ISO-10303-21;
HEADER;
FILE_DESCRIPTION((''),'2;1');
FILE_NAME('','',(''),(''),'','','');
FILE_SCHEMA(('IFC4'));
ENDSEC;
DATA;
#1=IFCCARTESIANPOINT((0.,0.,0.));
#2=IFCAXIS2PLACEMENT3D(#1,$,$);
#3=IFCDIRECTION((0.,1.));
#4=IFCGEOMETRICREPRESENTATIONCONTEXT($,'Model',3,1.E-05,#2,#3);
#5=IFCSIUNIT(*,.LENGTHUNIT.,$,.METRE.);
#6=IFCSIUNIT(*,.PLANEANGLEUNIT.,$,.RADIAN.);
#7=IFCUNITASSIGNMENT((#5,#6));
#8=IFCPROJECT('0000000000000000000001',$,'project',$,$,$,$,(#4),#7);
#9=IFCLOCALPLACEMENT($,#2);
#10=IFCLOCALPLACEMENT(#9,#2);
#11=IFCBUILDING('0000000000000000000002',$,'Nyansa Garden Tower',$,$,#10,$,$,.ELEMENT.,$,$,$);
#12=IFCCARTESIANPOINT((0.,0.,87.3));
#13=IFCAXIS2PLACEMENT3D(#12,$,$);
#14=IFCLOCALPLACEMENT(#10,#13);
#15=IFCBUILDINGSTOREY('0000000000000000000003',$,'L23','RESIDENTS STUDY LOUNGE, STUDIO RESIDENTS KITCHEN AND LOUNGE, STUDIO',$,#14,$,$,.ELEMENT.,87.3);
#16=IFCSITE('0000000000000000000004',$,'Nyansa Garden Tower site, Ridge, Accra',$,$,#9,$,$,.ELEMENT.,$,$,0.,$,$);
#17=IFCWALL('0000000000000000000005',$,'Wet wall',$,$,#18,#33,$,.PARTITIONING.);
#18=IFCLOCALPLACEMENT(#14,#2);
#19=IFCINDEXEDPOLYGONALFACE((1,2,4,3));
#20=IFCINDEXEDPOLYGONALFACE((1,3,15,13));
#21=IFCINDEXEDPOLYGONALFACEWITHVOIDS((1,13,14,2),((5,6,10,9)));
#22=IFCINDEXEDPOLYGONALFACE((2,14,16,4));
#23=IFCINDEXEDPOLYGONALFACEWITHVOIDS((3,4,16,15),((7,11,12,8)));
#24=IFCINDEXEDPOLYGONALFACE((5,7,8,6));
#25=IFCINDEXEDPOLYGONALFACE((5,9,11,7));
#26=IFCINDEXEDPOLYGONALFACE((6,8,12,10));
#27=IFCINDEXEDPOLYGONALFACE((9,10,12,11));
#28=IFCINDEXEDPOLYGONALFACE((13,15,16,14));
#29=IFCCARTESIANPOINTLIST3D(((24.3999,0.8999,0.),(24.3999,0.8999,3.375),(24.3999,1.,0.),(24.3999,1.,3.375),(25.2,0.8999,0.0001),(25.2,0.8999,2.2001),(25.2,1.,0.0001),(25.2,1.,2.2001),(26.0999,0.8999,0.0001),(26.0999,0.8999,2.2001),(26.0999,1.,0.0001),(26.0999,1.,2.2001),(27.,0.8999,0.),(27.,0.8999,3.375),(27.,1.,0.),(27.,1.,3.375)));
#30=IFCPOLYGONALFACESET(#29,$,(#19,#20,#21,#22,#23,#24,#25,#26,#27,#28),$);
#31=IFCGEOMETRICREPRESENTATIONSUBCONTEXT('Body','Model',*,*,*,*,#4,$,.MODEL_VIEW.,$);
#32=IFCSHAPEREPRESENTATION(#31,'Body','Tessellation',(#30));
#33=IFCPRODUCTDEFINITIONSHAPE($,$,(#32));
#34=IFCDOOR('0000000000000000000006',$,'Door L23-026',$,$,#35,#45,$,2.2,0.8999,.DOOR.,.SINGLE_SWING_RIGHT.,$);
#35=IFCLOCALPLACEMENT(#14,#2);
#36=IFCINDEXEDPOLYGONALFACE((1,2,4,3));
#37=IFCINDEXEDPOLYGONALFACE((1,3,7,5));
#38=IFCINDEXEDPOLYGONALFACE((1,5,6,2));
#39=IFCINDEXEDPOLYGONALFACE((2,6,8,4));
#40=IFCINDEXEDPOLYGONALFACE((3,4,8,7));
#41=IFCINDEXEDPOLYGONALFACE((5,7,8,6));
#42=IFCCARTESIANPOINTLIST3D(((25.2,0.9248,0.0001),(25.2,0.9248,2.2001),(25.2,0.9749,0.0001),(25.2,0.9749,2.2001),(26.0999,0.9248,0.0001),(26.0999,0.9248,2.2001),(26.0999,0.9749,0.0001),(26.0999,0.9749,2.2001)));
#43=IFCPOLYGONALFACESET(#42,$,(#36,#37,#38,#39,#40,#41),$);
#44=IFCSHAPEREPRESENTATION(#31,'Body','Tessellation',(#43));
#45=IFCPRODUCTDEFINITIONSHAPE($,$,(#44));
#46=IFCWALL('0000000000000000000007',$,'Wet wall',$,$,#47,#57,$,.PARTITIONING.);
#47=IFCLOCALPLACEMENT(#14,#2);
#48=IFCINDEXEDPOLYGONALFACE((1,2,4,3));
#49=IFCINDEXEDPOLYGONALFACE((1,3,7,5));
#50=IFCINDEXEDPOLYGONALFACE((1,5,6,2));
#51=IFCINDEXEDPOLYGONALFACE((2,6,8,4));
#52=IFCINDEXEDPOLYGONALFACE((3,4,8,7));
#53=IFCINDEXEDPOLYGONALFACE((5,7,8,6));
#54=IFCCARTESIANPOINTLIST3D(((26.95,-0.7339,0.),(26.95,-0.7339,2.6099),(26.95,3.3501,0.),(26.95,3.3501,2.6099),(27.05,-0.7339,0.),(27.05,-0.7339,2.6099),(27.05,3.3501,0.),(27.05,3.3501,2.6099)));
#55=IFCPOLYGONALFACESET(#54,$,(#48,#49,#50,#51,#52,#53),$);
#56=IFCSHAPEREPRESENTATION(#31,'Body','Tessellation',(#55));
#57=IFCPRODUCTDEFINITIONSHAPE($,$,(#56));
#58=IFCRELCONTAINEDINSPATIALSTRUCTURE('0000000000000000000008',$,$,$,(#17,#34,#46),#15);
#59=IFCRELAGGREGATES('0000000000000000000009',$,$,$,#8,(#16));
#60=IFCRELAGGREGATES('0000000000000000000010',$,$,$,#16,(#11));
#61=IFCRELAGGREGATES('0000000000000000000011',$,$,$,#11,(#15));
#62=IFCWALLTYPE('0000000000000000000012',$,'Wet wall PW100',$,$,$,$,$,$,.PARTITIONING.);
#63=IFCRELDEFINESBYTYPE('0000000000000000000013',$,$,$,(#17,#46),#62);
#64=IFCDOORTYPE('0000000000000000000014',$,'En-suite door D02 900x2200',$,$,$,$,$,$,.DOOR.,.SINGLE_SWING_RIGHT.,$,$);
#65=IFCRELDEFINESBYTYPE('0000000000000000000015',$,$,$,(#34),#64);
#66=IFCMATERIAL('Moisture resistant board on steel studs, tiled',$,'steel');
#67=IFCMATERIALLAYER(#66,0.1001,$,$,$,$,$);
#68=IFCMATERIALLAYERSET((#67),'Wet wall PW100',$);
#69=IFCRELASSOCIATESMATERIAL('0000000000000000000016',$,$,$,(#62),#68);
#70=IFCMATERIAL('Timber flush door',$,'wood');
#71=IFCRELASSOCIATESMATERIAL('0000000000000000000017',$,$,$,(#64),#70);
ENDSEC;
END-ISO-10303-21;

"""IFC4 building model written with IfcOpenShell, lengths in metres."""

from ifc_helpers import new_model, si_unit, direction, frame, frame_2d, origin, place, context, subcontext, project, spatial, rectangle, extrude, material, layer, layer_set, type_object, element, fill, save


model = new_model("IFC4")

# Units and contexts
model_context = context("Model", 3, precision=1e-05, world=origin(), true_north=direction((0.0, 1.0)))
body_context = subcontext(model_context, "Body", "Model", "MODEL_VIEW")
ifc_project = project(units=[si_unit("LENGTHUNIT", "METRE"), si_unit("PLANEANGLEUNIT", "RADIAN")], contexts=[model_context])

# Site, building, storey
site_placement = place(None, origin())
site = spatial("IfcSite", under=ifc_project, at=site_placement, Name="Nyansa Garden Tower site, Ridge, Accra", CompositionType="ELEMENT", RefElevation=0.0)
building_placement = place(site_placement, origin())
building = spatial("IfcBuilding", under=site, at=building_placement, Name="Nyansa Garden Tower", CompositionType="ELEMENT")
storey_placement = place(building_placement, frame((0.0, 0.0, 87.3)))
storey = spatial("IfcBuildingStorey", under=building, at=storey_placement, Name="L23", Description="RESIDENTS STUDY LOUNGE, STUDIO RESIDENTS KITCHEN AND LOUNGE, STUDIO", CompositionType="ELEMENT", Elevation=87.3)

# Shared definitions
ifc_material_1 = material(Name="Moisture resistant board on steel studs, tiled", Category="steel")
ifc_layer_1 = layer(ifc_material_1, 0.1001)
ifc_layer_set_1 = layer_set([ifc_layer_1], Name="Wet wall PW100")
wall_type_1 = type_object("IfcWallType", Name="Wet wall PW100", PredefinedType="PARTITIONING", material=ifc_layer_set_1)

# Wall, opening, door
wall_1_placement = place(storey_placement, frame((24.3999, 0.95, 0.0), z_axis=(0.0, 0.0, 1.0), x_axis=(1.0, 0.0, 0.0)))
wall_1 = element("IfcWall", 1, at=wall_1_placement, inside=storey, type_object=wall_type_1, Name="Wet wall", PredefinedType="PARTITIONING", context=body_context, shape_type="SweptSolid", body=[
    extrude(rectangle(XDim=2.6001, YDim=0.1001, at=frame_2d((1.3, 0.0))), origin(), (0.0, 0.0, 1.0), 3.375),
])
opening_1_placement = place(wall_1_placement, frame((0.8, 0.0, 0.0)))
opening_1 = element("IfcOpeningElement", 2, at=opening_1_placement, cuts=wall_1, PredefinedType="OPENING", context=body_context, shape_type="SweptSolid", body=[
    extrude(rectangle(XDim=0.8999, YDim=2.2, at=frame_2d((0.45, 1.1001))), frame((0.0, 0.0601, 0.0), z_axis=(0.0, -1.0, 0.0), x_axis=(1.0, 0.0, 0.0)), (0.0, 0.0, 1.0), 0.1201),
])
ifc_material_2 = material(Name="Timber flush door", Category="wood")
door_type_1 = type_object("IfcDoorType", Name="En-suite door D02 900x2200", OperationType="SINGLE_SWING_RIGHT", PredefinedType="DOOR", material=ifc_material_2)
door_1_placement = place(opening_1_placement, origin())
door_1 = element("IfcDoor", 3, at=door_1_placement, inside=storey, type_object=door_type_1, Name="Door L23-026", OperationType="SINGLE_SWING_RIGHT", OverallHeight=2.2, OverallWidth=0.8999, PredefinedType="DOOR", context=body_context, shape_type="SweptSolid", body=[
    extrude(rectangle(XDim=0.8999, YDim=2.2, at=frame_2d((0.45, 1.1001))), frame((0.0, 0.0249, 0.0), z_axis=(0.0, -1.0, 0.0), x_axis=(1.0, 0.0, 0.0)), (0.0, 0.0, 1.0), 0.05),
])
fill(opening_1, door_1)

# Wall
wall_2_placement = place(storey_placement, frame((27.0, -0.7339, 0.0), z_axis=(0.0, 0.0, 1.0), x_axis=(0.0, 1.0, 0.0)))
element("IfcWall", 4, at=wall_2_placement, inside=storey, type_object=wall_type_1, Name="Wet wall", PredefinedType="PARTITIONING", context=body_context, shape_type="SweptSolid", body=[
    extrude(rectangle(XDim=4.084, YDim=0.1001, at=frame_2d((2.042, 0.0))), origin(), (0.0, 0.0, 1.0), 2.6099),
])

save(model, "model.ifc")
